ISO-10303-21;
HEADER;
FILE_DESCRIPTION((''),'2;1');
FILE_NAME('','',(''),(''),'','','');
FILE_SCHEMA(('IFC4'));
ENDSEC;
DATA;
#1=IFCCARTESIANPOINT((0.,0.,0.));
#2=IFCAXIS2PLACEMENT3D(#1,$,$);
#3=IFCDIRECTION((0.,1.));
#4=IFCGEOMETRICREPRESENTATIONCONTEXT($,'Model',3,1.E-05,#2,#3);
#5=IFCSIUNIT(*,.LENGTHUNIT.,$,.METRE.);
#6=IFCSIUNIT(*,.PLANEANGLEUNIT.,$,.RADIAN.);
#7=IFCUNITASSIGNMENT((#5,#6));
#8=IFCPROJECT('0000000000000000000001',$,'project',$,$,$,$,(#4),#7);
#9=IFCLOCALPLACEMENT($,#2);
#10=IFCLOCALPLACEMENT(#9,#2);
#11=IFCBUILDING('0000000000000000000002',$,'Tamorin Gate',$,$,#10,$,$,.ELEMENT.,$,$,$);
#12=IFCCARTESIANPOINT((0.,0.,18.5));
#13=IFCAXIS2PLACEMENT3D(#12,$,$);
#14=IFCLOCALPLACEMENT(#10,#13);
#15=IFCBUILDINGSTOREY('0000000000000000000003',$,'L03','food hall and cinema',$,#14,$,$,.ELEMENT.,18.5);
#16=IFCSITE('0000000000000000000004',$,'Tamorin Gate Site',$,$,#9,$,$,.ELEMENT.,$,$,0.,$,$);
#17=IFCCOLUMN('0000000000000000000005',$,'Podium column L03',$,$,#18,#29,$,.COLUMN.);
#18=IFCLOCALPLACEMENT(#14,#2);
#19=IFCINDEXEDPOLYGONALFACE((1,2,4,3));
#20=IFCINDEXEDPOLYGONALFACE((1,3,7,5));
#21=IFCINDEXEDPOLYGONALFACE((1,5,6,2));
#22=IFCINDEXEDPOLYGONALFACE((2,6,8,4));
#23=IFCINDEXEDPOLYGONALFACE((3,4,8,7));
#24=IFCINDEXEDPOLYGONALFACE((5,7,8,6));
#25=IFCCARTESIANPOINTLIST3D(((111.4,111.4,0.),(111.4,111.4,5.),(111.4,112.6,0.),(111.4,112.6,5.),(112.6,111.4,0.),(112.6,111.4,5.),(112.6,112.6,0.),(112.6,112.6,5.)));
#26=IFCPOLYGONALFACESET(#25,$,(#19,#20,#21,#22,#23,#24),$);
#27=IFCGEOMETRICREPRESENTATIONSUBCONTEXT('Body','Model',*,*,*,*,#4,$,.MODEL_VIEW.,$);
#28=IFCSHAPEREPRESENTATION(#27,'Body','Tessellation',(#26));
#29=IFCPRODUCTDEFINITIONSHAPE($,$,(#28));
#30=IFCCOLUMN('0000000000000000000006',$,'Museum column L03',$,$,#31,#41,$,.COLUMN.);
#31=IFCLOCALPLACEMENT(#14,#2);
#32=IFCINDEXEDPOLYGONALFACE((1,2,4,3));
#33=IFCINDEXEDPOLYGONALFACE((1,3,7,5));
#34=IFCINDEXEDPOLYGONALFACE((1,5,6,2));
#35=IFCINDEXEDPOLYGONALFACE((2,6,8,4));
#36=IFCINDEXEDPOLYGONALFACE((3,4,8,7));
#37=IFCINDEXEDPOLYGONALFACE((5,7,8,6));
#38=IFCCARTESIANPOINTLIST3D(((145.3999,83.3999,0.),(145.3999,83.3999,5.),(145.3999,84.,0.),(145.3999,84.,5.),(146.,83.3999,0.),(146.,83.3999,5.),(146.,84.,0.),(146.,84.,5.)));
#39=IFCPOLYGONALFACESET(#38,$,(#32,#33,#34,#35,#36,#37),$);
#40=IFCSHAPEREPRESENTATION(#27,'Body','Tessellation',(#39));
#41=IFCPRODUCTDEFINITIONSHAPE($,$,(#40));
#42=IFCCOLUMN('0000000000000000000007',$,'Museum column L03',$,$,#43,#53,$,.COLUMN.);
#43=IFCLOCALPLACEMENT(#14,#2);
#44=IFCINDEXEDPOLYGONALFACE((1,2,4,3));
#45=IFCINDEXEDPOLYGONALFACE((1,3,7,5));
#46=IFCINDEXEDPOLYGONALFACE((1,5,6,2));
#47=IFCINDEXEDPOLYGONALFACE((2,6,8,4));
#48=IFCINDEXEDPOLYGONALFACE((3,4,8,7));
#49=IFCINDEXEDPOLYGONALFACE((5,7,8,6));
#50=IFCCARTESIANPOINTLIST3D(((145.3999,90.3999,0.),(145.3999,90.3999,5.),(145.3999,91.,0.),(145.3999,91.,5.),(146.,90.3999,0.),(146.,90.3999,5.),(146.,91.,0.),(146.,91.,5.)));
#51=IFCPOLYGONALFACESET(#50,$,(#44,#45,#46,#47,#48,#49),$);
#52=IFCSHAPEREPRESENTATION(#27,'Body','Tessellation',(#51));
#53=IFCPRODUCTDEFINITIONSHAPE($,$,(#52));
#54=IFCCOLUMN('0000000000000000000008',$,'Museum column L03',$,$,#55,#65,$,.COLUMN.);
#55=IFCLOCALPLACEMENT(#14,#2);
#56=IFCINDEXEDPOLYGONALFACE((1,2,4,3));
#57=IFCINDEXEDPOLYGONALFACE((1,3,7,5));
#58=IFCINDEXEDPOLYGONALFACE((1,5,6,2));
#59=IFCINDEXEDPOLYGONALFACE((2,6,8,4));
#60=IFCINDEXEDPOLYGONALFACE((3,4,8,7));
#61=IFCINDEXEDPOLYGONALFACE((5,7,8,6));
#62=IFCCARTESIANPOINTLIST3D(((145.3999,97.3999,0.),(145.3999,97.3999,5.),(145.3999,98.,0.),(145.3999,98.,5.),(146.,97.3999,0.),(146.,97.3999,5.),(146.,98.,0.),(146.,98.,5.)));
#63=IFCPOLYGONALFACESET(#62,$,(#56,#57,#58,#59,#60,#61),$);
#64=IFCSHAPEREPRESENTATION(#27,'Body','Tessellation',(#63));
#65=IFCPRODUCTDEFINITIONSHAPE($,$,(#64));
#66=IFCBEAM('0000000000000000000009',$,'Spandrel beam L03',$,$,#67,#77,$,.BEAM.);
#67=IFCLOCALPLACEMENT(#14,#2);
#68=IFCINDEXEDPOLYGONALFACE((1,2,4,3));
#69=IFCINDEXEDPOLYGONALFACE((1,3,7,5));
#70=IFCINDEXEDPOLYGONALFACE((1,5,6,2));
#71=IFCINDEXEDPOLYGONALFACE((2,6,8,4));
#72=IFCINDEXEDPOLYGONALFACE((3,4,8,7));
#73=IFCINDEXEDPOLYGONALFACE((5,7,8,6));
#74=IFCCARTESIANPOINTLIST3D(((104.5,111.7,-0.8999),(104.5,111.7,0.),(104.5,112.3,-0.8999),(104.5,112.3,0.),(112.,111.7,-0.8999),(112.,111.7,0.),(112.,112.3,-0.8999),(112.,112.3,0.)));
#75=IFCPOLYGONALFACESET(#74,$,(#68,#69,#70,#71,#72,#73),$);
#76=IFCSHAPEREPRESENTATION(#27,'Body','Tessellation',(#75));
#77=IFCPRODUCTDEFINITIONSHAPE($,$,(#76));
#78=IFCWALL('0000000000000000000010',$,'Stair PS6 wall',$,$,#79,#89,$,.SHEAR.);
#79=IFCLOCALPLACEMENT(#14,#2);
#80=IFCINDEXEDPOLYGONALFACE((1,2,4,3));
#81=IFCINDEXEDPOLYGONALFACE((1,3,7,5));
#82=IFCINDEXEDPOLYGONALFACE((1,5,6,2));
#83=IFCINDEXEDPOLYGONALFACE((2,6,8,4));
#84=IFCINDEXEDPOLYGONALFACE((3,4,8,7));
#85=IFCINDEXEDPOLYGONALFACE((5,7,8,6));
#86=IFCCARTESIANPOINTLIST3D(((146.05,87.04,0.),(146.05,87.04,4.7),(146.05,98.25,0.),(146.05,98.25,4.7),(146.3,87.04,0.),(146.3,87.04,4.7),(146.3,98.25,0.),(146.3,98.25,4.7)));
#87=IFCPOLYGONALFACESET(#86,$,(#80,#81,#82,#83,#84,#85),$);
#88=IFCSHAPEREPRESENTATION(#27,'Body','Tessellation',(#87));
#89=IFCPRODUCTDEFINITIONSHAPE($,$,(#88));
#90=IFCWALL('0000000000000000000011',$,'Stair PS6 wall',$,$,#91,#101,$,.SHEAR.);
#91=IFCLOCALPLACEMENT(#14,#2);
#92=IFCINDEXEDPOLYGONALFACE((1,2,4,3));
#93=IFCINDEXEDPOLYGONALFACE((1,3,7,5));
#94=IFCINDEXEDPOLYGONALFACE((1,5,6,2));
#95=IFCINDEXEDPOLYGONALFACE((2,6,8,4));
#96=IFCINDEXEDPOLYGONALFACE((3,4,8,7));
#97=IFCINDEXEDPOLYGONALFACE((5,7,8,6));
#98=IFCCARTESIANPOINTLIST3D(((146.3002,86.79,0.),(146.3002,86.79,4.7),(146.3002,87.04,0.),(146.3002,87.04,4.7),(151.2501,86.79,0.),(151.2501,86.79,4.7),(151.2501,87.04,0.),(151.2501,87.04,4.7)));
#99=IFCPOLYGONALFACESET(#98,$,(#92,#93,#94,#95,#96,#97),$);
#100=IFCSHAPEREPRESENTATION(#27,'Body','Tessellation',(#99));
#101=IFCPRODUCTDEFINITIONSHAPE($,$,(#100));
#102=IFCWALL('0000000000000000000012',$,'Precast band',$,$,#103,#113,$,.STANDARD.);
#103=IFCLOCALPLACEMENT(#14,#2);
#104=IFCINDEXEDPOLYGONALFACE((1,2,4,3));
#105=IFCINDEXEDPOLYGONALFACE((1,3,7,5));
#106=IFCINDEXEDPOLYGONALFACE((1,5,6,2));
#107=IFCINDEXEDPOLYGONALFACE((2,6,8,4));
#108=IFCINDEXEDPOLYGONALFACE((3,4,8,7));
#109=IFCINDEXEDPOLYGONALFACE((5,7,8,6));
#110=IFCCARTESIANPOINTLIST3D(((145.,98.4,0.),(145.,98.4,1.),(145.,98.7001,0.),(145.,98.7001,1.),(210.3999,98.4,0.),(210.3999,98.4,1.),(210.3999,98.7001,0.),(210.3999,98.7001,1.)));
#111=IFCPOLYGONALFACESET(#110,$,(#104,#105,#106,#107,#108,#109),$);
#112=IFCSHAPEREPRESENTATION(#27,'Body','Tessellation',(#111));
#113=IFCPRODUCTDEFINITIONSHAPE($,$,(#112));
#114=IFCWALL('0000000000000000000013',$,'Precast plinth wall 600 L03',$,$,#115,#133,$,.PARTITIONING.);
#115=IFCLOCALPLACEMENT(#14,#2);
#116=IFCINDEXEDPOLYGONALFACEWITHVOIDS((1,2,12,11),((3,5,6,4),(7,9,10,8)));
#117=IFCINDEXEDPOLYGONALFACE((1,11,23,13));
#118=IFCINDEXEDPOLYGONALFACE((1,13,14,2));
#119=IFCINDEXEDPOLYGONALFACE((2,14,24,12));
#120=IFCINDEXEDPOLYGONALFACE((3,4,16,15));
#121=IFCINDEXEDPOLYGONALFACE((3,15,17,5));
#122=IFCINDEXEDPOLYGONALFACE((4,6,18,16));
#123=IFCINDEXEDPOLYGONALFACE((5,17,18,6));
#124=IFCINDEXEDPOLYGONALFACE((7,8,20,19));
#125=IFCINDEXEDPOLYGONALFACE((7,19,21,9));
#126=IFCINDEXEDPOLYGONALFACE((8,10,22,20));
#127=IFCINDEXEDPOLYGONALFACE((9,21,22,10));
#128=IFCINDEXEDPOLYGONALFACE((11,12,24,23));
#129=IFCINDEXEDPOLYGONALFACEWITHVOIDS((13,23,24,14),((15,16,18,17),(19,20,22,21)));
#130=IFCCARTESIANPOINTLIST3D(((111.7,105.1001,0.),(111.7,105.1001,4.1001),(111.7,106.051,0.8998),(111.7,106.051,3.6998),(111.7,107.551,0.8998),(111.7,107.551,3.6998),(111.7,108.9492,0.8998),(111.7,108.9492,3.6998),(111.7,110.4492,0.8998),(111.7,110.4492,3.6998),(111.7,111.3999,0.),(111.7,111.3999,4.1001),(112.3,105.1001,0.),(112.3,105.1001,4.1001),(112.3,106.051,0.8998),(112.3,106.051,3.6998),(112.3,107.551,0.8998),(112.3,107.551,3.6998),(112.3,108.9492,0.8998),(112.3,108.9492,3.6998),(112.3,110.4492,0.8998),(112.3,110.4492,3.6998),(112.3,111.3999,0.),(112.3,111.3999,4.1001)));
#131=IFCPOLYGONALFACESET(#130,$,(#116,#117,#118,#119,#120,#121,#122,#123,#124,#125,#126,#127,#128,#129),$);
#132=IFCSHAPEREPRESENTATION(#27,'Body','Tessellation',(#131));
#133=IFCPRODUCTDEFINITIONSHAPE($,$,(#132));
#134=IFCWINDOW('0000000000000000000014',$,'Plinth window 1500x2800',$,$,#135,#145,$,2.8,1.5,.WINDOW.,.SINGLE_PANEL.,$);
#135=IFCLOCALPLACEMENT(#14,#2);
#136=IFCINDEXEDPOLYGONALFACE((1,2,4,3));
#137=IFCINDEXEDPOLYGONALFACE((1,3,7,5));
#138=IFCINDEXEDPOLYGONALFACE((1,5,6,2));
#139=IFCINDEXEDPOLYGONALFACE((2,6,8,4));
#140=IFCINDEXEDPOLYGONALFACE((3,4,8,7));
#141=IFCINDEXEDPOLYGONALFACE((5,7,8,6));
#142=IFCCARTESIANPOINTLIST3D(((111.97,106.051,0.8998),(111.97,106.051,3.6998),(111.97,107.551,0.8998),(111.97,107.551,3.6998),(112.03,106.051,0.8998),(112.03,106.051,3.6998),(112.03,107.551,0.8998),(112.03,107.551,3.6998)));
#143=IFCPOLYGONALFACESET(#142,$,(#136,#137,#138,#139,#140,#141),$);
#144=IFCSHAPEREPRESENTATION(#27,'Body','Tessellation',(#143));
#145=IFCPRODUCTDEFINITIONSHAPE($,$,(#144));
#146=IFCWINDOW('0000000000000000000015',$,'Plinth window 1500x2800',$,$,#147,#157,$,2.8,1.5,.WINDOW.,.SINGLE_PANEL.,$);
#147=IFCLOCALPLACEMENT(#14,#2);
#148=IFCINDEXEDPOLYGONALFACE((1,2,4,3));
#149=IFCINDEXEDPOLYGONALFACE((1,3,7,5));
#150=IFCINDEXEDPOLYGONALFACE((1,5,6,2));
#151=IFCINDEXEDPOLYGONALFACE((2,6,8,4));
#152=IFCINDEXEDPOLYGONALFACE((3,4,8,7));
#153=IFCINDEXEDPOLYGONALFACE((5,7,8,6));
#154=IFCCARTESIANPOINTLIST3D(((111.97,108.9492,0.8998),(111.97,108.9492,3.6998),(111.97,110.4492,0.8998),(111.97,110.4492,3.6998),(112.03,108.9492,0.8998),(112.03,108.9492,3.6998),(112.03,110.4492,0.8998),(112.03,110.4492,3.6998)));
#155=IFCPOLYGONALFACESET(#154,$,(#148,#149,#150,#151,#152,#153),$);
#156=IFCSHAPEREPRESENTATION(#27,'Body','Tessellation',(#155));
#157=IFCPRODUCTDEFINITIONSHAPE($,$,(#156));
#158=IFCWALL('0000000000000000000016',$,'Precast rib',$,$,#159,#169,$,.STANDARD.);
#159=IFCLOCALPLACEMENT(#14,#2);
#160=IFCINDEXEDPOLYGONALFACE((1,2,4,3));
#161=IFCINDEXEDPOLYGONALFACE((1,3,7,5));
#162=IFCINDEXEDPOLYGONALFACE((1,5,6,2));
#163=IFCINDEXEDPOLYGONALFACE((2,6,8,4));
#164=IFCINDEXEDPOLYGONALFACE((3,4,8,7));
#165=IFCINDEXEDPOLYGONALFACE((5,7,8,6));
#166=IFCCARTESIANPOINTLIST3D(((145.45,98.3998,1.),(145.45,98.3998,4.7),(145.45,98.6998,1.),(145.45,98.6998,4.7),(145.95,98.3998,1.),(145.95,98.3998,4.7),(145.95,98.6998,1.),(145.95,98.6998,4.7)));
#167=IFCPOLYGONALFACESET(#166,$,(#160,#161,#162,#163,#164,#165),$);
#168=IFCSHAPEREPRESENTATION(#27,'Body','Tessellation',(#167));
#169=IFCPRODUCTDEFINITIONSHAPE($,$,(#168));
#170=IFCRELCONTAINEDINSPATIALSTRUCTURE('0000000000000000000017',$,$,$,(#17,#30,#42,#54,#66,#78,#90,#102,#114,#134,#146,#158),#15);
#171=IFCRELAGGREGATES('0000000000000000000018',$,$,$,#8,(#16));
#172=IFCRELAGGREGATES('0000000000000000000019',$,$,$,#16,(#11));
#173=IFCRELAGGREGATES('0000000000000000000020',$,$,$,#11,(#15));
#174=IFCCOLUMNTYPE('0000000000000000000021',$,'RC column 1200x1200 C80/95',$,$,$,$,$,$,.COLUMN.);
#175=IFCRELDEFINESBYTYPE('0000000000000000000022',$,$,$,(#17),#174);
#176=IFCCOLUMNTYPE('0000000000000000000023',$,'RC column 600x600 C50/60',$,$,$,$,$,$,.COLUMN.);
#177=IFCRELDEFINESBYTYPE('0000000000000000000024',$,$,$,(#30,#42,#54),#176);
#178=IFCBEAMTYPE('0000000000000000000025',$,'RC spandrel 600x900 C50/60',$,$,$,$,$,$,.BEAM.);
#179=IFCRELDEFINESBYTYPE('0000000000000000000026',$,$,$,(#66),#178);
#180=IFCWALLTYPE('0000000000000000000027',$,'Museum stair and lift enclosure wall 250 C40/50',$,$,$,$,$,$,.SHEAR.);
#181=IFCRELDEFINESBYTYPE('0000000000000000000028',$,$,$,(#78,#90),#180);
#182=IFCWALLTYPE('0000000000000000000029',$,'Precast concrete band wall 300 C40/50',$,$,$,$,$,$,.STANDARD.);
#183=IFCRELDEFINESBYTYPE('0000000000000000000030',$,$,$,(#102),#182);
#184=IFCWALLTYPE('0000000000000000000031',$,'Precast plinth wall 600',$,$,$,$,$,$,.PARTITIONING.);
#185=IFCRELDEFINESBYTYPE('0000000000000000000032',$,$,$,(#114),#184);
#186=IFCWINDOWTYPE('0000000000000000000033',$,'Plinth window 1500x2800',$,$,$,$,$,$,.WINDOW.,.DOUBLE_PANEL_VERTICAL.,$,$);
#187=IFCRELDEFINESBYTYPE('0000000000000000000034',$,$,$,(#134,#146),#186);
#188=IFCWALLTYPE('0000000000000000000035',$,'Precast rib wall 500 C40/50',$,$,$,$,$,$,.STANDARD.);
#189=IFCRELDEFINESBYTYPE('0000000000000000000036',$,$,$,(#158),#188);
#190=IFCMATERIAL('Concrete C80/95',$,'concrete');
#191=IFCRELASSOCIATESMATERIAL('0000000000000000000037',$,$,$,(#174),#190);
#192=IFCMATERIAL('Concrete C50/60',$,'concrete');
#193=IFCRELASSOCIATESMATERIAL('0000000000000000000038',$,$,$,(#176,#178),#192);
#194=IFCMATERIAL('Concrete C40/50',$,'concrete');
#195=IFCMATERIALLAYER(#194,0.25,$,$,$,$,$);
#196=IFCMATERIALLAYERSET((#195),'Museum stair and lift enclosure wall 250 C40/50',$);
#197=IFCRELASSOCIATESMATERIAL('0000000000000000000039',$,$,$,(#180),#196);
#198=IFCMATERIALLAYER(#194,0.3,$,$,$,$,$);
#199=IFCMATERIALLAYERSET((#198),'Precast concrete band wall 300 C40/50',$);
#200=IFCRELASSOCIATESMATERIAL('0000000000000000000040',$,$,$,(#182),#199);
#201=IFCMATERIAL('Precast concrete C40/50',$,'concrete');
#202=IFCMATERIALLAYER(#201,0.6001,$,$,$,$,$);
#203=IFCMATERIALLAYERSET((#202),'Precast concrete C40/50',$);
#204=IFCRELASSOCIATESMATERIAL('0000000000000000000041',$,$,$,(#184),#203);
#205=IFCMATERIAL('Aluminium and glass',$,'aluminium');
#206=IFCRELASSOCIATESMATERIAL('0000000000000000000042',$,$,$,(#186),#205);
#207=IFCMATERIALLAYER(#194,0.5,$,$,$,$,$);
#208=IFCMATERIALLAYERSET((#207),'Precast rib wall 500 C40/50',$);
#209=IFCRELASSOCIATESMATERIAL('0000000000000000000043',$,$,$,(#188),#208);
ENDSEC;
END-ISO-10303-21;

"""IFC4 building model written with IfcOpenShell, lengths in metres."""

from ifc_helpers import new_model, si_unit, direction, frame, frame_2d, origin, origin_2d, place, context, subcontext, project, spatial, rectangle, extrude, material, layer, layer_set, material_profile, profile_set, type_object, element, fill, save


model = new_model("IFC4")

# Units and contexts
model_context = context("Model", 3, precision=1e-05, world=origin(), true_north=direction((0.0, 1.0)))
body_context = subcontext(model_context, "Body", "Model", "MODEL_VIEW")
ifc_project = project(units=[si_unit("LENGTHUNIT", "METRE"), si_unit("PLANEANGLEUNIT", "RADIAN")], contexts=[model_context])

# Site, building, storey
site_placement = place(None, origin())
site = spatial("IfcSite", under=ifc_project, at=site_placement, Name="Tamorin Gate Site", CompositionType="ELEMENT", RefElevation=0.0)
building_placement = place(site_placement, origin())
building = spatial("IfcBuilding", under=site, at=building_placement, Name="Tamorin Gate", CompositionType="ELEMENT")
storey_placement = place(building_placement, frame((0.0, 0.0, 18.5)))
storey = spatial("IfcBuildingStorey", under=building, at=storey_placement, Name="L03", Description="food hall and cinema", CompositionType="ELEMENT", Elevation=18.5)

# Columns
ifc_material_1 = material(Name="Concrete C80/95", Category="concrete")
ifc_material_profile_1 = material_profile(ifc_material_1, rectangle(XDim=1.2, YDim=1.2, at=origin_2d()), Name="RC 1200x1200")
ifc_profile_set_1 = profile_set([ifc_material_profile_1], Name="Concrete C80/95")
column_type_1 = type_object("IfcColumnType", Name="RC column 1200x1200 C80/95", PredefinedType="COLUMN", material=ifc_profile_set_1)
column_placement = place(storey_placement, frame((112.0, 112.0, 0.0), z_axis=(0.0, 0.0, 1.0), x_axis=(1.0, 0.0, 0.0)))
element("IfcColumn", 1, at=column_placement, inside=storey, type_object=column_type_1, Name="Podium column L03", PredefinedType="COLUMN", context=body_context, shape_type="SweptSolid", body=[
    extrude(rectangle(XDim=1.2, YDim=1.2, at=origin_2d()), origin(), (0.0, 0.0, 1.0), 5.0),
])
ifc_material_2 = material(Name="Concrete C50/60", Category="concrete")
ifc_material_profile_2 = material_profile(ifc_material_2, rectangle(XDim=0.6001, YDim=0.6001, at=origin_2d()))
ifc_profile_set_2 = profile_set([ifc_material_profile_2], Name="Concrete C50/60")
column_type_2 = type_object("IfcColumnType", Name="RC column 600x600 C50/60", PredefinedType="COLUMN", material=ifc_profile_set_2)
for number, where, z_axis, x_axis, name in (
    (2, (145.7, 83.7, 0.0), (0.0, 0.0, 1.0), (1.0, 0.0, 0.0), "Museum column L03"),
    (3, (145.7, 90.7, 0.0), (0.0, 0.0, 1.0), (1.0, 0.0, 0.0), "Museum column L03"),
    (4, (145.7, 97.7, 0.0), (0.0, 0.0, 1.0), (1.0, 0.0, 0.0), "Museum column L03"),
):
    element("IfcColumn", number, at=place(storey_placement, frame(where, z_axis=z_axis, x_axis=x_axis)), inside=storey, type_object=column_type_2, Name=name, PredefinedType="COLUMN", context=body_context, shape_type="SweptSolid", body=[
        extrude(rectangle(XDim=0.6001, YDim=0.6001, at=origin_2d()), origin(), (0.0, 0.0, 1.0), 5.0),
    ])

# Beam
ifc_material_profile_3 = material_profile(ifc_material_2, rectangle(XDim=0.6001, YDim=0.8999, at=origin_2d()), Name="RC 600x900")
ifc_profile_set_3 = profile_set([ifc_material_profile_3], Name="Concrete C50/60")
beam_type = type_object("IfcBeamType", Name="RC spandrel 600x900 C50/60", PredefinedType="BEAM", material=ifc_profile_set_3)
beam_placement = place(storey_placement, frame((112.0, 112.0, -0.45), z_axis=(-1.0, 0.0, 0.0), x_axis=(0.0, -1.0, 0.0)))
element("IfcBeam", 5, at=beam_placement, inside=storey, type_object=beam_type, Name="Spandrel beam L03", PredefinedType="BEAM", context=body_context, shape_type="SweptSolid", body=[
    extrude(rectangle(XDim=0.6001, YDim=0.8999, at=origin_2d()), origin(), (0.0, 0.0, 1.0), 7.5),
])

# Shared definitions
ifc_material_3 = material(Name="Concrete C40/50", Category="concrete")
ifc_material_4 = material(Name="Aluminium and glass", Category="aluminium")

# Walls
ifc_layer_1 = layer(ifc_material_3, 0.25)
ifc_layer_set_1 = layer_set([ifc_layer_1], Name="Museum stair and lift enclosure wall 250 C40/50")
wall_type_1 = type_object("IfcWallType", Name="Museum stair and lift enclosure wall 250 C40/50", PredefinedType="SHEAR", material=ifc_layer_set_1)
wall_1_placement = place(storey_placement, frame((146.175, 87.04, 0.0), z_axis=(0.0, 0.0, 1.0), x_axis=(0.0, 1.0, 0.0)))
element("IfcWall", 6, at=wall_1_placement, inside=storey, type_object=wall_type_1, Name="Stair PS6 wall", PredefinedType="SHEAR", context=body_context, shape_type="SweptSolid", body=[
    extrude(rectangle(XDim=11.21, YDim=0.25, at=frame_2d((5.605, 0.0))), origin(), (0.0, 0.0, 1.0), 4.7),
])
wall_2_placement = place(storey_placement, frame((146.3, 86.915, 0.0), z_axis=(0.0, 0.0, 1.0), x_axis=(1.0, 0.0, 0.0)))
element("IfcWall", 7, at=wall_2_placement, inside=storey, type_object=wall_type_1, Name="Stair PS6 wall", PredefinedType="SHEAR", context=body_context, shape_type="SweptSolid", body=[
    extrude(rectangle(XDim=4.95, YDim=0.25, at=frame_2d((2.4751, 0.0))), origin(), (0.0, 0.0, 1.0), 4.7),
])
ifc_layer_2 = layer(ifc_material_3, 0.3)
ifc_layer_set_2 = layer_set([ifc_layer_2], Name="Precast concrete band wall 300 C40/50")
wall_type_2 = type_object("IfcWallType", Name="Precast concrete band wall 300 C40/50", PredefinedType="STANDARD", material=ifc_layer_set_2)
wall_3_placement = place(storey_placement, frame((145.0, 98.55, 0.0), z_axis=(0.0, 0.0, 1.0), x_axis=(1.0, 0.0, 0.0)))
element("IfcWall", 8, at=wall_3_placement, inside=storey, type_object=wall_type_2, Name="Precast band", PredefinedType="STANDARD", context=body_context, shape_type="SweptSolid", body=[
    extrude(rectangle(XDim=65.3999, YDim=0.3, at=frame_2d((32.7, 0.0))), origin(), (0.0, 0.0, 1.0), 1.0),
])

# Wall, openings, windows
ifc_material_5 = material(Name="Precast concrete C40/50", Category="concrete")
ifc_layer_3 = layer(ifc_material_5, 0.6001)
ifc_layer_set_3 = layer_set([ifc_layer_3], Name="Precast concrete C40/50")
wall_type_3 = type_object("IfcWallType", Name="Precast plinth wall 600", PredefinedType="PARTITIONING", material=ifc_layer_set_3)
wall_4_placement = place(storey_placement, frame((112.0, 105.1001, 0.0), z_axis=(0.0, 0.0, 1.0), x_axis=(0.0, 1.0, 0.0)))
wall_4 = element("IfcWall", 9, at=wall_4_placement, inside=storey, type_object=wall_type_3, Name="Precast plinth wall 600 L03", PredefinedType="PARTITIONING", context=body_context, shape_type="SweptSolid", body=[
    extrude(rectangle(XDim=6.2998, YDim=0.6001, at=frame_2d((3.1499, 0.0))), origin(), (0.0, 0.0, 1.0), 4.1001),
])
opening_1_placement = place(wall_4_placement, frame((0.9509, 0.0, 0.8999)))
opening_1 = element("IfcOpeningElement", 10, at=opening_1_placement, cuts=wall_4, PredefinedType="OPENING", context=body_context, shape_type="SweptSolid", body=[
    extrude(rectangle(XDim=1.5, YDim=2.8, at=frame_2d((0.75, 1.3999))), frame((0.0, 0.3101, 0.0), z_axis=(0.0, -1.0, 0.0), x_axis=(1.0, 0.0, 0.0)), (0.0, 0.0, 1.0), 0.6201),
])
opening_2_placement = place(wall_4_placement, frame((3.8491, 0.0, 0.8999)))
opening_2 = element("IfcOpeningElement", 11, at=opening_2_placement, cuts=wall_4, PredefinedType="OPENING", context=body_context, shape_type="SweptSolid", body=[
    extrude(rectangle(XDim=1.5, YDim=2.8, at=frame_2d((0.75, 1.3999))), frame((0.0, 0.3101, 0.0), z_axis=(0.0, -1.0, 0.0), x_axis=(1.0, 0.0, 0.0)), (0.0, 0.0, 1.0), 0.6201),
])
window_type_1 = type_object("IfcWindowType", Name="Plinth window 1500x2800", PartitioningType="DOUBLE_PANEL_VERTICAL", PredefinedType="WINDOW", material=ifc_material_4)
window_1_placement = place(opening_1_placement, origin())
window_1 = element("IfcWindow", 12, at=window_1_placement, inside=storey, type_object=window_type_1, Name="Plinth window 1500x2800", OverallHeight=2.8, OverallWidth=1.5, PartitioningType="SINGLE_PANEL", PredefinedType="WINDOW", context=body_context, shape_type="SweptSolid", body=[
    extrude(rectangle(XDim=1.5, YDim=2.8, at=frame_2d((0.75, 1.3999))), frame((0.0, 0.03, 0.0), z_axis=(0.0, -1.0, 0.0), x_axis=(1.0, 0.0, 0.0)), (0.0, 0.0, 1.0), 0.0601),
])
fill(opening_1, window_1)
window_2_placement = place(opening_2_placement, origin())
window_2 = element("IfcWindow", 13, at=window_2_placement, inside=storey, type_object=window_type_1, Name="Plinth window 1500x2800", OverallHeight=2.8, OverallWidth=1.5, PartitioningType="SINGLE_PANEL", PredefinedType="WINDOW", context=body_context, shape_type="SweptSolid", body=[
    extrude(rectangle(XDim=1.5, YDim=2.8, at=frame_2d((0.75, 1.3999))), frame((0.0, 0.03, 0.0), z_axis=(0.0, -1.0, 0.0), x_axis=(1.0, 0.0, 0.0)), (0.0, 0.0, 1.0), 0.0601),
])
fill(opening_2, window_2)

# Wall
ifc_layer_4 = layer(ifc_material_3, 0.5)
ifc_layer_set_4 = layer_set([ifc_layer_4], Name="Precast rib wall 500 C40/50")
wall_type_4 = type_object("IfcWallType", Name="Precast rib wall 500 C40/50", PredefinedType="STANDARD", material=ifc_layer_set_4)
wall_5_placement = place(storey_placement, frame((145.7, 98.3999, 1.0), z_axis=(0.0, 0.0, 1.0), x_axis=(0.0, 1.0, 0.0)))
element("IfcWall", 14, at=wall_5_placement, inside=storey, type_object=wall_type_4, Name="Precast rib", PredefinedType="STANDARD", context=body_context, shape_type="SweptSolid", body=[
    extrude(rectangle(XDim=0.3, YDim=0.5, at=frame_2d((0.1499, 0.0))), origin(), (0.0, 0.0, 1.0), 3.7),
])

save(model, "model.ifc")
